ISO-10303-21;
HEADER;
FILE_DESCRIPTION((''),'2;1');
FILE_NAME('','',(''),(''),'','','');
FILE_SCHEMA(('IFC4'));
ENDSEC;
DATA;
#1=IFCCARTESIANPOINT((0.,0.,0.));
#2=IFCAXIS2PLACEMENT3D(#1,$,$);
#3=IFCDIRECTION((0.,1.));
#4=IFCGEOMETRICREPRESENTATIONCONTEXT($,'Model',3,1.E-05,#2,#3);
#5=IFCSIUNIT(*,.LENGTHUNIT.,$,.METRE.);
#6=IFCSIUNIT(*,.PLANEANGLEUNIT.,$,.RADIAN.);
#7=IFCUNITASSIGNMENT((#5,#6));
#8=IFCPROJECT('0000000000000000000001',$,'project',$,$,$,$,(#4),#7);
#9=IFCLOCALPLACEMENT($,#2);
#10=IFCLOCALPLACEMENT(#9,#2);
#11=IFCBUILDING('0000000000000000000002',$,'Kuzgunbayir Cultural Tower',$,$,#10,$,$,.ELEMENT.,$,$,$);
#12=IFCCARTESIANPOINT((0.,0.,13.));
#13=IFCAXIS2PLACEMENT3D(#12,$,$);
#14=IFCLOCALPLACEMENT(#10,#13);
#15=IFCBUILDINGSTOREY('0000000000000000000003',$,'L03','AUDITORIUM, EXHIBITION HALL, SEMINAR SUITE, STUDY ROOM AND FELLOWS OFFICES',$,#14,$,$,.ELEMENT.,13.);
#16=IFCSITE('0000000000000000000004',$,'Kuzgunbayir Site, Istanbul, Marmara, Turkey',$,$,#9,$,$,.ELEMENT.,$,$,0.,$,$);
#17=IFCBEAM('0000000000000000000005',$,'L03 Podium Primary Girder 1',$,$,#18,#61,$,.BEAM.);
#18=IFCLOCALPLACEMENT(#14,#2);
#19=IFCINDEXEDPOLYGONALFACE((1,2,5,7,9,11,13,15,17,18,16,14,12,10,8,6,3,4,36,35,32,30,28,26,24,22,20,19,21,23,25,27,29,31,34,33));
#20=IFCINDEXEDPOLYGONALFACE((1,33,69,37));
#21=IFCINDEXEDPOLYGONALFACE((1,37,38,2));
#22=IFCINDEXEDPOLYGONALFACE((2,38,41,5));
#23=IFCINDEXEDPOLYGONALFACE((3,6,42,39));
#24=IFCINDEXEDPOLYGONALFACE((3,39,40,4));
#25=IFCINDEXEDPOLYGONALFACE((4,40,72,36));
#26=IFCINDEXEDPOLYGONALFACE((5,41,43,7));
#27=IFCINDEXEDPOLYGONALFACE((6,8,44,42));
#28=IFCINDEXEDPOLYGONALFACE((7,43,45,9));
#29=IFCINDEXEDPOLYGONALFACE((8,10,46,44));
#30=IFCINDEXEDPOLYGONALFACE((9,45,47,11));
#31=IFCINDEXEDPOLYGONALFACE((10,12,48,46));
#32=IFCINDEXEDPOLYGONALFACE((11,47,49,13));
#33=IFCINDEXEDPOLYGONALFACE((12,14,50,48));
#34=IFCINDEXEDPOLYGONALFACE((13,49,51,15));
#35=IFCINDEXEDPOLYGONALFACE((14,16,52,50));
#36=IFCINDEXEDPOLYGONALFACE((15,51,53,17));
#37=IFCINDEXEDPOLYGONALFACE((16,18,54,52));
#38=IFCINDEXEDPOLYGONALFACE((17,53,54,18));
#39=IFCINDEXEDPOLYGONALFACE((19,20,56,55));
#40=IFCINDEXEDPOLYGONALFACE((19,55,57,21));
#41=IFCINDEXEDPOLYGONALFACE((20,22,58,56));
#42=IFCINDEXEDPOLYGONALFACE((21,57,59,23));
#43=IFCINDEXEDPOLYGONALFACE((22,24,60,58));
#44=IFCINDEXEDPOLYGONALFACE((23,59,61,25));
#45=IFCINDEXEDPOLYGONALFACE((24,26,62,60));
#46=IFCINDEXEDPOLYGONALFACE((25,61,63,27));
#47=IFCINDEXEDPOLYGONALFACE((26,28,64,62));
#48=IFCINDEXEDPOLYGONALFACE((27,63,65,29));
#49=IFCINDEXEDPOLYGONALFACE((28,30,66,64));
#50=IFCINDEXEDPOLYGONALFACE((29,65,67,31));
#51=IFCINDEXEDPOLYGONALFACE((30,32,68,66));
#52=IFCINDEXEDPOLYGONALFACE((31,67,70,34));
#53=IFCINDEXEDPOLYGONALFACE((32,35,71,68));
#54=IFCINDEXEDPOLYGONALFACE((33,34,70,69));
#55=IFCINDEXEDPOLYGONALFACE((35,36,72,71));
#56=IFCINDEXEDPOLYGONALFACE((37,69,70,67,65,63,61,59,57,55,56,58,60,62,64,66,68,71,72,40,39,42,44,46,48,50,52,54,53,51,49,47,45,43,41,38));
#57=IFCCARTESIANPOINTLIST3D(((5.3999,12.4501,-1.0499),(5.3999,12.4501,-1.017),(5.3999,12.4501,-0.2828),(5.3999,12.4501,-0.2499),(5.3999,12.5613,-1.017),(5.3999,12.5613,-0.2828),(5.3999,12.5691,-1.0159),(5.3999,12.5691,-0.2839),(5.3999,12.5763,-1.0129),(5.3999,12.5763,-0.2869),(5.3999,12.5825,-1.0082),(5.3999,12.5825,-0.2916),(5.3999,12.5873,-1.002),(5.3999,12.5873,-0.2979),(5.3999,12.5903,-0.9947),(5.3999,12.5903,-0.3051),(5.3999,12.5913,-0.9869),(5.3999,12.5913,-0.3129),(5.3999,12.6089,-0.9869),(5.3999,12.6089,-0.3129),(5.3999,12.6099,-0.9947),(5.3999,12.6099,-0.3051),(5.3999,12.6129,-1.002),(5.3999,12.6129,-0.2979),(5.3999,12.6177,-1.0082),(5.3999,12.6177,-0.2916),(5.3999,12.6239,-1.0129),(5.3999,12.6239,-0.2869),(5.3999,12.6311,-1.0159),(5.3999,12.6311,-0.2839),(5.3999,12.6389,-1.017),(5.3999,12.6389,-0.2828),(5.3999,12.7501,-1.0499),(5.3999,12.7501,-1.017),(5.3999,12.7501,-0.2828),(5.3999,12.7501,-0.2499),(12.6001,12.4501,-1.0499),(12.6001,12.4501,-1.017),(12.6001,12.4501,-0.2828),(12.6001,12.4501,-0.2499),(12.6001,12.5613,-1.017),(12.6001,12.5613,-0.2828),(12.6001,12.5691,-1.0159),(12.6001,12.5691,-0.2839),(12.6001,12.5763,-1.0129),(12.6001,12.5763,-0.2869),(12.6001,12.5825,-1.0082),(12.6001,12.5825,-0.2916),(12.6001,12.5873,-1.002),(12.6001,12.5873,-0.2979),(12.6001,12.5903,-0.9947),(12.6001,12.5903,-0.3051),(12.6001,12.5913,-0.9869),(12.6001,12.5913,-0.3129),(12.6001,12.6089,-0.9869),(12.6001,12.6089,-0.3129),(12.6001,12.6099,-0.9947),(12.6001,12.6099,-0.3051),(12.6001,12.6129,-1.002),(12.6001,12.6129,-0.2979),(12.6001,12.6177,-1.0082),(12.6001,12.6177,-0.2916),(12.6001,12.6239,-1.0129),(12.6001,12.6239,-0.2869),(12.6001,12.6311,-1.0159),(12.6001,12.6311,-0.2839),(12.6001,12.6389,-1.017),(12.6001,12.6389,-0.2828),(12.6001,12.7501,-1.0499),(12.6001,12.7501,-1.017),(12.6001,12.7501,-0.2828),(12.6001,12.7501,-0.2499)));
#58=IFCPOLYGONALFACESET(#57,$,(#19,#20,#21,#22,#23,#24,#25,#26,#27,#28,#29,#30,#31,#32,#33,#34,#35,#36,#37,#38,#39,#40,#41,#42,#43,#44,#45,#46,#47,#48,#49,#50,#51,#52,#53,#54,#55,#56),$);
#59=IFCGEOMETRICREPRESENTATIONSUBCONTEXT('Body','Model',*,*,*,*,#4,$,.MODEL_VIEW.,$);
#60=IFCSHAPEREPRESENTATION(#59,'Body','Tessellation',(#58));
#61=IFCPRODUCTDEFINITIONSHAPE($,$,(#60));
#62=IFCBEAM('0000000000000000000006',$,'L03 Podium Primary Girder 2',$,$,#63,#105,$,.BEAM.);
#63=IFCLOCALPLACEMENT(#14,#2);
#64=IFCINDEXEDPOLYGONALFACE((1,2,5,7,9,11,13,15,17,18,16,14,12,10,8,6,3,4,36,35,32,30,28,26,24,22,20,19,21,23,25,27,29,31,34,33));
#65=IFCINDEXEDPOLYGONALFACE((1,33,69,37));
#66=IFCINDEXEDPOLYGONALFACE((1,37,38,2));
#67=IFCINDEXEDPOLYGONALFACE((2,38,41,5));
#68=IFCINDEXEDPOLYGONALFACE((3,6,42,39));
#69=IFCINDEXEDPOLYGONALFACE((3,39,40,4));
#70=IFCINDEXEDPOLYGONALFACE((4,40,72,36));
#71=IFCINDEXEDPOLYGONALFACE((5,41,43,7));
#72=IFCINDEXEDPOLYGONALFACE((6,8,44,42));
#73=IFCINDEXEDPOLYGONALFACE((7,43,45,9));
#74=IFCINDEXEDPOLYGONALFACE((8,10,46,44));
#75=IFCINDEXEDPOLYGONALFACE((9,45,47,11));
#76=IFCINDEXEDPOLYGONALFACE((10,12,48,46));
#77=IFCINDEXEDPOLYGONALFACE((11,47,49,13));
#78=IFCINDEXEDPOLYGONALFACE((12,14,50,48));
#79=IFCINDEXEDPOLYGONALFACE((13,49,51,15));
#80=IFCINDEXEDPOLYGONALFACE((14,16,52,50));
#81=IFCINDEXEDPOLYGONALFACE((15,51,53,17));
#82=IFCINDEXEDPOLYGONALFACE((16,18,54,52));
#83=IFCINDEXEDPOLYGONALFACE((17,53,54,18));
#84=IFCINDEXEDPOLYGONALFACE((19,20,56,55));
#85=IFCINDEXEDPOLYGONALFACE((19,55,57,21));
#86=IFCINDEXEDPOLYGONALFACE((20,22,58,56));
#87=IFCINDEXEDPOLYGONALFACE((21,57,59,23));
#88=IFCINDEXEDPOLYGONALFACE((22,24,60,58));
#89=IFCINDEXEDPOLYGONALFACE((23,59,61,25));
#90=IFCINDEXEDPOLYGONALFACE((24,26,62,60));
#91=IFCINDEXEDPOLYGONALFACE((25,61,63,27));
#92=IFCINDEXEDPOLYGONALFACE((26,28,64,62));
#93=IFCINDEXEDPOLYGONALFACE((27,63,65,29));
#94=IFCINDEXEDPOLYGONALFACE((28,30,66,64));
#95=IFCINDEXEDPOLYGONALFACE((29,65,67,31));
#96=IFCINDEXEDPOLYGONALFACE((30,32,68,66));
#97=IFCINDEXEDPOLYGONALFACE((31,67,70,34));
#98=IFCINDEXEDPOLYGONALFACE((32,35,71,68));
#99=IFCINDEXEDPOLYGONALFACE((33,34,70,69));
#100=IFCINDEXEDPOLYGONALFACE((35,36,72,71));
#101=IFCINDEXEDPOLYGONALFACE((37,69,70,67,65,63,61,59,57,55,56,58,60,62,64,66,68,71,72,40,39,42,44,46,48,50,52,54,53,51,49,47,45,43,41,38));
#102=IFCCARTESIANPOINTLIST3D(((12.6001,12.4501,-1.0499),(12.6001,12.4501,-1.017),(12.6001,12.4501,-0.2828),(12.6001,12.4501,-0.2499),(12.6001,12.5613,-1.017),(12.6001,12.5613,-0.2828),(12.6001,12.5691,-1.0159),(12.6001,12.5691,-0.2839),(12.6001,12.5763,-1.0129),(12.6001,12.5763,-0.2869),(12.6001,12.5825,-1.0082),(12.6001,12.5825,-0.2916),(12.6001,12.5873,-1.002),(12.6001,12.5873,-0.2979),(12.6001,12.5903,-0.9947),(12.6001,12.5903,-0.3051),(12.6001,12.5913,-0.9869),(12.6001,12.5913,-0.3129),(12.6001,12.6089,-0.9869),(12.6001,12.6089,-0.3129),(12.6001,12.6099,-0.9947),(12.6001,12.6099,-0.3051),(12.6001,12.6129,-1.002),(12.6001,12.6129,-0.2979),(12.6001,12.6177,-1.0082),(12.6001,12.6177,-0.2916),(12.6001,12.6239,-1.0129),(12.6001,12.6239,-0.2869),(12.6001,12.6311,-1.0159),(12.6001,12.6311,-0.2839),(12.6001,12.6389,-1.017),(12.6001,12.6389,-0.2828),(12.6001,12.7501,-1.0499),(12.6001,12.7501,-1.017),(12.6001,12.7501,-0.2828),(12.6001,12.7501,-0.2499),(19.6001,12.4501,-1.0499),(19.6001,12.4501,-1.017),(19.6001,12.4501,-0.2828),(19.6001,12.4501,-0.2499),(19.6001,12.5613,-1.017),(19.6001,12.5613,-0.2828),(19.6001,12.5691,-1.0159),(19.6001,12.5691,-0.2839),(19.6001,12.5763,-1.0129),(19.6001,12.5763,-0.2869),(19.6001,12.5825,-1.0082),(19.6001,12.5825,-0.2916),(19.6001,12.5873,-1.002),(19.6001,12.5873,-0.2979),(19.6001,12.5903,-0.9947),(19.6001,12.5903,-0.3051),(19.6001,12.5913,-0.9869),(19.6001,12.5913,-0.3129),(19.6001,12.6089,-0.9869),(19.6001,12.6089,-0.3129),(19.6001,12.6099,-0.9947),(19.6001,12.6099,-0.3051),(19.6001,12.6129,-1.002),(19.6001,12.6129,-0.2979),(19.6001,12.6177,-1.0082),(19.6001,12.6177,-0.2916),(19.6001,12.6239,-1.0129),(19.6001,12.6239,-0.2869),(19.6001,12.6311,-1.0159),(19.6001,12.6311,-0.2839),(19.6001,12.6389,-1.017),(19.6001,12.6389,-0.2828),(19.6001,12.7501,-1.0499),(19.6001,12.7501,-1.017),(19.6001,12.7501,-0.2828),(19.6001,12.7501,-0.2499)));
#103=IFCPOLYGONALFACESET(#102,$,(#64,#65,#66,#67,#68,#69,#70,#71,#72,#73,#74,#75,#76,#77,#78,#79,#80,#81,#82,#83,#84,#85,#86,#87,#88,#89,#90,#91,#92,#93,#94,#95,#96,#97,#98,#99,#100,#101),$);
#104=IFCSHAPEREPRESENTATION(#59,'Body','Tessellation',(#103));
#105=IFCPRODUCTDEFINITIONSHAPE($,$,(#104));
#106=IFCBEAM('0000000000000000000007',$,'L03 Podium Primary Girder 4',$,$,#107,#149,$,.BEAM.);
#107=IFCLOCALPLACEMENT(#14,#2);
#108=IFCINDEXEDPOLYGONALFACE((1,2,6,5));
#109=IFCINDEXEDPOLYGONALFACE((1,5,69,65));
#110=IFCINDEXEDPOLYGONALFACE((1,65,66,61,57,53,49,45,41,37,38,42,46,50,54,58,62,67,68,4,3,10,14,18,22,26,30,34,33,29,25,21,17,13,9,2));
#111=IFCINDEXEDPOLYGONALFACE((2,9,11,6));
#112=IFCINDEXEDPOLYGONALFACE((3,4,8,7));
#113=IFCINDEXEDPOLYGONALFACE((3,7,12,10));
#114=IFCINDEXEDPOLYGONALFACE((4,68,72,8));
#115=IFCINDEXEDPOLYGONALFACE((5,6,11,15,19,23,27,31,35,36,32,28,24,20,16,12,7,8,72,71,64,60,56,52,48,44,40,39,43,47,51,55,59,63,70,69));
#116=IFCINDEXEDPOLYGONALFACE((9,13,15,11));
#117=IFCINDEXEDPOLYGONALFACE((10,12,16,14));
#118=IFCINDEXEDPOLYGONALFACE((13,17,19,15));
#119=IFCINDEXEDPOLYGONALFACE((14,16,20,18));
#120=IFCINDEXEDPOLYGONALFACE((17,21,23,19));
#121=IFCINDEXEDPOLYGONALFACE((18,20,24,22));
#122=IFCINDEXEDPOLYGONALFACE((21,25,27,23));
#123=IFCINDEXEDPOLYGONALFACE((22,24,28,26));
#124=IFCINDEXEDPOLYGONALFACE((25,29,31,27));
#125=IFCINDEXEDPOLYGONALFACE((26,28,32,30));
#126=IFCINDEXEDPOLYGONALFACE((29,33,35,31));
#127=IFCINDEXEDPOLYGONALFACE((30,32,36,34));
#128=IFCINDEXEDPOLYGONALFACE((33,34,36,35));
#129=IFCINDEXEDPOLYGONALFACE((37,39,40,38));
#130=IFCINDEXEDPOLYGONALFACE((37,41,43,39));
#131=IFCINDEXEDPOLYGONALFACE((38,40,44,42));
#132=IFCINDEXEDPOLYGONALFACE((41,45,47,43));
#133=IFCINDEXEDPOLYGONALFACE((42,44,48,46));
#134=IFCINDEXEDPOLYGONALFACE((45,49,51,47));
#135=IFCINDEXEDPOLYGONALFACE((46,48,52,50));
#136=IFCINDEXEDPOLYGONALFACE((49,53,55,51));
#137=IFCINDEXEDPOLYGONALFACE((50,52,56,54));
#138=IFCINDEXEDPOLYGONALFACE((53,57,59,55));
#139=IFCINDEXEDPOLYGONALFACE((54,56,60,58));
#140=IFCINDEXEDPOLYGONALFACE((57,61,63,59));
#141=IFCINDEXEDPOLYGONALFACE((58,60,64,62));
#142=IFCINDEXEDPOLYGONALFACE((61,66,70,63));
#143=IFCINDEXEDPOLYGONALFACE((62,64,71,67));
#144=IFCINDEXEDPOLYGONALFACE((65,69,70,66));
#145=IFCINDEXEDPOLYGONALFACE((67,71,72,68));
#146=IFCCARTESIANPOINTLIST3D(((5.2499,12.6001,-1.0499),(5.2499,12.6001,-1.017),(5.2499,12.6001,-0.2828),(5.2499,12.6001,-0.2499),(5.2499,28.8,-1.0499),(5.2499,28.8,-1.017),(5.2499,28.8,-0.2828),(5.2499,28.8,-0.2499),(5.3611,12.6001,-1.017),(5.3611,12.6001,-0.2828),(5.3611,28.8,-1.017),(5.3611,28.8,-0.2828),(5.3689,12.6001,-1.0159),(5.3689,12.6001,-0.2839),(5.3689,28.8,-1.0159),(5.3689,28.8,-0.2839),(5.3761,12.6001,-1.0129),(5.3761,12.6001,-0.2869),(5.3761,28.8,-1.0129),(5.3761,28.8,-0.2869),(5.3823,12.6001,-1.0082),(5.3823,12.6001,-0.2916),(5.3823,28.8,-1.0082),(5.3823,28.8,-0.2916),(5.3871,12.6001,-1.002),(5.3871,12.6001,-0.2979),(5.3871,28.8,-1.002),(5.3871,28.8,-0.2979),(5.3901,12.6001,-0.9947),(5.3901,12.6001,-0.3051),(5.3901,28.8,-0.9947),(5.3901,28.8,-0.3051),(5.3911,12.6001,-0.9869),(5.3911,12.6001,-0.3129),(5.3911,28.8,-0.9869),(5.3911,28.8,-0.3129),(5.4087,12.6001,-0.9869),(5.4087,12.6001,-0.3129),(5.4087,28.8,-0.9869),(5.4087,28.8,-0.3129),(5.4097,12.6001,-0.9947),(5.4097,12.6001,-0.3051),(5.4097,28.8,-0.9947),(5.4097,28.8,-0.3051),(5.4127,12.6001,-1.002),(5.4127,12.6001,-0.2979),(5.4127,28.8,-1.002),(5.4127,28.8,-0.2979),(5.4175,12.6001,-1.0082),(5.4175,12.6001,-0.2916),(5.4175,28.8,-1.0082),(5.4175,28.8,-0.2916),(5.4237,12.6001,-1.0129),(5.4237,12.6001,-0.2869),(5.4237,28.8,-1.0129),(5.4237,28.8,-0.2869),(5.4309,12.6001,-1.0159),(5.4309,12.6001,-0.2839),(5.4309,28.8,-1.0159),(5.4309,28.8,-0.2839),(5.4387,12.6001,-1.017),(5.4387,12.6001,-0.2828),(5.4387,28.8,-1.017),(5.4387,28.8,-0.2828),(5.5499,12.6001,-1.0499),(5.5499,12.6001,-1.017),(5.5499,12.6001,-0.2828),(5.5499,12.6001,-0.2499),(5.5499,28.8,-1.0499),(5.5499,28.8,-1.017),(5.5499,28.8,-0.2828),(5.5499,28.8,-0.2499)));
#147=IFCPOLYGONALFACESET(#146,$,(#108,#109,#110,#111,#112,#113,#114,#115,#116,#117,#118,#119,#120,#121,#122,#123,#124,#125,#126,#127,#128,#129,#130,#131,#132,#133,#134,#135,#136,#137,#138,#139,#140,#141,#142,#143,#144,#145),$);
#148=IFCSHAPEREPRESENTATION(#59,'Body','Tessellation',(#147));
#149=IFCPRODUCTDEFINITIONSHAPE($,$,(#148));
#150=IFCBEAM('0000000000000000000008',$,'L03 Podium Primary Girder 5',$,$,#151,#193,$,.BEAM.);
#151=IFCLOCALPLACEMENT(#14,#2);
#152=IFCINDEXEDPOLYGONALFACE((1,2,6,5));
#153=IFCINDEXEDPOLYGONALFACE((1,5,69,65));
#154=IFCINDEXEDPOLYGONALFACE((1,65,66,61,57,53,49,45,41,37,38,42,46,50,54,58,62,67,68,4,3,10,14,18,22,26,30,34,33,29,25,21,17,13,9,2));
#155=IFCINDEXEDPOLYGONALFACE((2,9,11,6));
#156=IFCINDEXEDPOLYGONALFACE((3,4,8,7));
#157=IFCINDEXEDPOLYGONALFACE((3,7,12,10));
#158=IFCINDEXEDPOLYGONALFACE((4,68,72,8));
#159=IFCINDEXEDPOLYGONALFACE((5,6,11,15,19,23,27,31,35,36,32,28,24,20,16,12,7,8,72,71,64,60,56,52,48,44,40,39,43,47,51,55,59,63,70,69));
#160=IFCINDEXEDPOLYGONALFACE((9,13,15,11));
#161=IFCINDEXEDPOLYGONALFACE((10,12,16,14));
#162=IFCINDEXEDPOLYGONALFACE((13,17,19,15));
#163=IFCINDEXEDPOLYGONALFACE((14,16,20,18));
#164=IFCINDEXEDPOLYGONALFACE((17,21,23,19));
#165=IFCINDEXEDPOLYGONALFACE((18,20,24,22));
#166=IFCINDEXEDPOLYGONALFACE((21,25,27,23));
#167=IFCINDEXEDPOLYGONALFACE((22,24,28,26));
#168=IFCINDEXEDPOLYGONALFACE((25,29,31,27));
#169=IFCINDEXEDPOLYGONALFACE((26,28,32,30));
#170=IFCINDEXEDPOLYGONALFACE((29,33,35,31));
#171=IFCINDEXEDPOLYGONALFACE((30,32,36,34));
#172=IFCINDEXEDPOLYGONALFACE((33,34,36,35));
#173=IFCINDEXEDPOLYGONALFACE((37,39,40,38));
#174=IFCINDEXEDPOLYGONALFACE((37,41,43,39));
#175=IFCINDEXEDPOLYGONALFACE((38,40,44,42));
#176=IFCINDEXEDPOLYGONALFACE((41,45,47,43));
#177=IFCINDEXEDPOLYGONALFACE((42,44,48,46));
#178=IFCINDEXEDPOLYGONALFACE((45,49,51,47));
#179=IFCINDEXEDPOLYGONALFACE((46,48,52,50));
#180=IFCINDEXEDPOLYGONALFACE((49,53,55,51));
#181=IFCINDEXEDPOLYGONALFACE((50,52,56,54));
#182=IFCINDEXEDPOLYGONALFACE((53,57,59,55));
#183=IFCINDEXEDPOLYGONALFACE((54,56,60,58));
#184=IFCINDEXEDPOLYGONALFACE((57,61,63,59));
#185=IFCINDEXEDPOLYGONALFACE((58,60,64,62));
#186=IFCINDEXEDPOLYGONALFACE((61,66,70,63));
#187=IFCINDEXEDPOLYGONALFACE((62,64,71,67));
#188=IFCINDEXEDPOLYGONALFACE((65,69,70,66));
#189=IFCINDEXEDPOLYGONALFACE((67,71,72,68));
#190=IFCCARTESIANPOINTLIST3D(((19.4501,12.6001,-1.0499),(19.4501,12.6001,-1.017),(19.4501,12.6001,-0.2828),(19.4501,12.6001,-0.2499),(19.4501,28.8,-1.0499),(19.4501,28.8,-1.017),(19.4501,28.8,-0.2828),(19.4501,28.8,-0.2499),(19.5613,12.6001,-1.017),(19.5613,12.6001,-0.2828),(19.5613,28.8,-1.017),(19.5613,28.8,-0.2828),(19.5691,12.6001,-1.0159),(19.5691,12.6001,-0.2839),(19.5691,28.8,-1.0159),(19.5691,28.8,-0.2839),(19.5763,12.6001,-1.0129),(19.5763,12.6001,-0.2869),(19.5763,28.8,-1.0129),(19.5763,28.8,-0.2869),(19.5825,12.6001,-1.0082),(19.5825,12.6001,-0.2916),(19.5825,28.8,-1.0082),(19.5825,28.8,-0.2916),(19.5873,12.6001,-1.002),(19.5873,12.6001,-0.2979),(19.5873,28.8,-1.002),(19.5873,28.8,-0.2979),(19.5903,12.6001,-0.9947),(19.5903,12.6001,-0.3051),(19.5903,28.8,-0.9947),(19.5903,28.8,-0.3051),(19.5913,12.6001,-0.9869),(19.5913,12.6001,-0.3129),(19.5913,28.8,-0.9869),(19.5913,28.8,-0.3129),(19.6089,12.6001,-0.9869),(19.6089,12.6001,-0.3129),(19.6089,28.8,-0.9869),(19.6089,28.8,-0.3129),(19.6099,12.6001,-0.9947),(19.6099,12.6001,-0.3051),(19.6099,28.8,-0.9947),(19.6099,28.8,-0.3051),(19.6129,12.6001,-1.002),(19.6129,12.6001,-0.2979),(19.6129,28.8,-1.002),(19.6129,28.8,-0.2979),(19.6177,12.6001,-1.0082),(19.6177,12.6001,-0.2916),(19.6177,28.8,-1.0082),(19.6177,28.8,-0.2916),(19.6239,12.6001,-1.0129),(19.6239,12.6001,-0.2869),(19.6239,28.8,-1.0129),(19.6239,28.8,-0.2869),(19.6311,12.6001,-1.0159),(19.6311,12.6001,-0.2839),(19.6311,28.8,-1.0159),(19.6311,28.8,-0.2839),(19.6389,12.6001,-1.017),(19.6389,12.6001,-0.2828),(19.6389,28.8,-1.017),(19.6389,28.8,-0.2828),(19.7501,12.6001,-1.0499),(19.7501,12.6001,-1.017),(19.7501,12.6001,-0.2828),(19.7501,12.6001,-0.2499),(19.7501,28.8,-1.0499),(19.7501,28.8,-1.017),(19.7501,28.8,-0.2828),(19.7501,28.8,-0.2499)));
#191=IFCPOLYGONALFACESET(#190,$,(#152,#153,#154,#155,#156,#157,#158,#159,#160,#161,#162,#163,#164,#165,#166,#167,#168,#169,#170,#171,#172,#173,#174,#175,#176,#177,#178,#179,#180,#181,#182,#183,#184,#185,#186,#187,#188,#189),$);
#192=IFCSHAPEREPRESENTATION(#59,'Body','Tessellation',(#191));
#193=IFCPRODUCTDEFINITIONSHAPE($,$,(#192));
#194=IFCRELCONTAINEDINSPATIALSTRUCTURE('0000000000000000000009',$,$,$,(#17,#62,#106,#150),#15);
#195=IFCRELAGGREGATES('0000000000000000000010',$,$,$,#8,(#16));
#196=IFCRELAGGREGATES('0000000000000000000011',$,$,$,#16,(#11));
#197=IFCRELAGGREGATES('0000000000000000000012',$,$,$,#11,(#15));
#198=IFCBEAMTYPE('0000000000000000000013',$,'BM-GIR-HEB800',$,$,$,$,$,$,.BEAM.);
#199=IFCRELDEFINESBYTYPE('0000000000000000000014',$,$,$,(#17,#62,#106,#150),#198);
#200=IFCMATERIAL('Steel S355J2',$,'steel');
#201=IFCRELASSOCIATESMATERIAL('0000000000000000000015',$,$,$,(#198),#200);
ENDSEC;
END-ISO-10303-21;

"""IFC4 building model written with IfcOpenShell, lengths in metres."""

from ifc_helpers import new_model, si_unit, direction, frame, origin, origin_2d, place, context, subcontext, project, spatial, i_section, extrude, material, material_profile, profile_set, type_object, element, save


model = new_model("IFC4")

# Units and contexts
model_context = context("Model", 3, precision=1e-05, world=origin(), true_north=direction((0.0, 1.0)))
body_context = subcontext(model_context, "Body", "Model", "MODEL_VIEW")
ifc_project = project(units=[si_unit("LENGTHUNIT", "METRE"), si_unit("PLANEANGLEUNIT", "RADIAN")], contexts=[model_context])

# Site, building, storey
site_placement = place(None, origin())
site = spatial("IfcSite", under=ifc_project, at=site_placement, Name="Kuzgunbayir Site, Istanbul, Marmara, Turkey", CompositionType="ELEMENT", RefElevation=0.0)
building_placement = place(site_placement, origin())
building = spatial("IfcBuilding", under=site, at=building_placement, Name="Kuzgunbayir Cultural Tower", CompositionType="ELEMENT")
storey_placement = place(building_placement, frame((0.0, 0.0, 13.0)))
storey = spatial("IfcBuildingStorey", under=building, at=storey_placement, Name="L03", Description="AUDITORIUM, EXHIBITION HALL, SEMINAR SUITE, STUDY ROOM AND FELLOWS OFFICES", CompositionType="ELEMENT", Elevation=13.0)

# Beams
ifc_material_1 = material(Name="Steel S355J2", Category="steel")
ifc_material_profile_1 = material_profile(ifc_material_1, i_section(OverallWidth=0.3, OverallDepth=0.8, WebThickness=0.0176, FlangeThickness=0.033, FilletRadius=0.03, at=origin_2d()), Name="HEB 800")
ifc_profile_set_1 = profile_set([ifc_material_profile_1], Name="Steel S355J2")
beam_type = type_object("IfcBeamType", Name="BM-GIR-HEB800", PredefinedType="BEAM", material=ifc_profile_set_1)
beam_1_placement = place(storey_placement, frame((5.3999, 12.6001, -0.6499), z_axis=(1.0, 0.0, 0.0), x_axis=(0.0, 1.0, 0.0)))
element("IfcBeam", 1, at=beam_1_placement, inside=storey, type_object=beam_type, Name="L03 Podium Primary Girder 1", PredefinedType="BEAM", context=body_context, shape_type="SweptSolid", body=[
    extrude(i_section(OverallWidth=0.3, OverallDepth=0.8, WebThickness=0.0176, FlangeThickness=0.033, FilletRadius=0.03, at=origin_2d()), origin(), (0.0, 0.0, 1.0), 7.2002),
])
beam_2_placement = place(storey_placement, frame((12.6001, 12.6001, -0.6499), z_axis=(1.0, 0.0, 0.0), x_axis=(0.0, 1.0, 0.0)))
element("IfcBeam", 2, at=beam_2_placement, inside=storey, type_object=beam_type, Name="L03 Podium Primary Girder 2", PredefinedType="BEAM", context=body_context, shape_type="SweptSolid", body=[
    extrude(i_section(OverallWidth=0.3, OverallDepth=0.8, WebThickness=0.0176, FlangeThickness=0.033, FilletRadius=0.03, at=origin_2d()), origin(), (0.0, 0.0, 1.0), 7.0),
])
for number, where, z_axis, x_axis, name in (
    (3, (5.3999, 12.6001, -0.6499), (0.0, 1.0, 0.0), (-1.0, 0.0, 0.0), "L03 Podium Primary Girder 4"),
    (4, (19.6001, 12.6001, -0.6499), (0.0, 1.0, 0.0), (-1.0, 0.0, 0.0), "L03 Podium Primary Girder 5"),
):
    element("IfcBeam", number, at=place(storey_placement, frame(where, z_axis=z_axis, x_axis=x_axis)), inside=storey, type_object=beam_type, Name=name, PredefinedType="BEAM", context=body_context, shape_type="SweptSolid", body=[
        extrude(i_section(OverallWidth=0.3, OverallDepth=0.8, WebThickness=0.0176, FlangeThickness=0.033, FilletRadius=0.03, at=origin_2d()), origin(), (0.0, 0.0, 1.0), 16.2),
    ])

save(model, "model.ifc")
